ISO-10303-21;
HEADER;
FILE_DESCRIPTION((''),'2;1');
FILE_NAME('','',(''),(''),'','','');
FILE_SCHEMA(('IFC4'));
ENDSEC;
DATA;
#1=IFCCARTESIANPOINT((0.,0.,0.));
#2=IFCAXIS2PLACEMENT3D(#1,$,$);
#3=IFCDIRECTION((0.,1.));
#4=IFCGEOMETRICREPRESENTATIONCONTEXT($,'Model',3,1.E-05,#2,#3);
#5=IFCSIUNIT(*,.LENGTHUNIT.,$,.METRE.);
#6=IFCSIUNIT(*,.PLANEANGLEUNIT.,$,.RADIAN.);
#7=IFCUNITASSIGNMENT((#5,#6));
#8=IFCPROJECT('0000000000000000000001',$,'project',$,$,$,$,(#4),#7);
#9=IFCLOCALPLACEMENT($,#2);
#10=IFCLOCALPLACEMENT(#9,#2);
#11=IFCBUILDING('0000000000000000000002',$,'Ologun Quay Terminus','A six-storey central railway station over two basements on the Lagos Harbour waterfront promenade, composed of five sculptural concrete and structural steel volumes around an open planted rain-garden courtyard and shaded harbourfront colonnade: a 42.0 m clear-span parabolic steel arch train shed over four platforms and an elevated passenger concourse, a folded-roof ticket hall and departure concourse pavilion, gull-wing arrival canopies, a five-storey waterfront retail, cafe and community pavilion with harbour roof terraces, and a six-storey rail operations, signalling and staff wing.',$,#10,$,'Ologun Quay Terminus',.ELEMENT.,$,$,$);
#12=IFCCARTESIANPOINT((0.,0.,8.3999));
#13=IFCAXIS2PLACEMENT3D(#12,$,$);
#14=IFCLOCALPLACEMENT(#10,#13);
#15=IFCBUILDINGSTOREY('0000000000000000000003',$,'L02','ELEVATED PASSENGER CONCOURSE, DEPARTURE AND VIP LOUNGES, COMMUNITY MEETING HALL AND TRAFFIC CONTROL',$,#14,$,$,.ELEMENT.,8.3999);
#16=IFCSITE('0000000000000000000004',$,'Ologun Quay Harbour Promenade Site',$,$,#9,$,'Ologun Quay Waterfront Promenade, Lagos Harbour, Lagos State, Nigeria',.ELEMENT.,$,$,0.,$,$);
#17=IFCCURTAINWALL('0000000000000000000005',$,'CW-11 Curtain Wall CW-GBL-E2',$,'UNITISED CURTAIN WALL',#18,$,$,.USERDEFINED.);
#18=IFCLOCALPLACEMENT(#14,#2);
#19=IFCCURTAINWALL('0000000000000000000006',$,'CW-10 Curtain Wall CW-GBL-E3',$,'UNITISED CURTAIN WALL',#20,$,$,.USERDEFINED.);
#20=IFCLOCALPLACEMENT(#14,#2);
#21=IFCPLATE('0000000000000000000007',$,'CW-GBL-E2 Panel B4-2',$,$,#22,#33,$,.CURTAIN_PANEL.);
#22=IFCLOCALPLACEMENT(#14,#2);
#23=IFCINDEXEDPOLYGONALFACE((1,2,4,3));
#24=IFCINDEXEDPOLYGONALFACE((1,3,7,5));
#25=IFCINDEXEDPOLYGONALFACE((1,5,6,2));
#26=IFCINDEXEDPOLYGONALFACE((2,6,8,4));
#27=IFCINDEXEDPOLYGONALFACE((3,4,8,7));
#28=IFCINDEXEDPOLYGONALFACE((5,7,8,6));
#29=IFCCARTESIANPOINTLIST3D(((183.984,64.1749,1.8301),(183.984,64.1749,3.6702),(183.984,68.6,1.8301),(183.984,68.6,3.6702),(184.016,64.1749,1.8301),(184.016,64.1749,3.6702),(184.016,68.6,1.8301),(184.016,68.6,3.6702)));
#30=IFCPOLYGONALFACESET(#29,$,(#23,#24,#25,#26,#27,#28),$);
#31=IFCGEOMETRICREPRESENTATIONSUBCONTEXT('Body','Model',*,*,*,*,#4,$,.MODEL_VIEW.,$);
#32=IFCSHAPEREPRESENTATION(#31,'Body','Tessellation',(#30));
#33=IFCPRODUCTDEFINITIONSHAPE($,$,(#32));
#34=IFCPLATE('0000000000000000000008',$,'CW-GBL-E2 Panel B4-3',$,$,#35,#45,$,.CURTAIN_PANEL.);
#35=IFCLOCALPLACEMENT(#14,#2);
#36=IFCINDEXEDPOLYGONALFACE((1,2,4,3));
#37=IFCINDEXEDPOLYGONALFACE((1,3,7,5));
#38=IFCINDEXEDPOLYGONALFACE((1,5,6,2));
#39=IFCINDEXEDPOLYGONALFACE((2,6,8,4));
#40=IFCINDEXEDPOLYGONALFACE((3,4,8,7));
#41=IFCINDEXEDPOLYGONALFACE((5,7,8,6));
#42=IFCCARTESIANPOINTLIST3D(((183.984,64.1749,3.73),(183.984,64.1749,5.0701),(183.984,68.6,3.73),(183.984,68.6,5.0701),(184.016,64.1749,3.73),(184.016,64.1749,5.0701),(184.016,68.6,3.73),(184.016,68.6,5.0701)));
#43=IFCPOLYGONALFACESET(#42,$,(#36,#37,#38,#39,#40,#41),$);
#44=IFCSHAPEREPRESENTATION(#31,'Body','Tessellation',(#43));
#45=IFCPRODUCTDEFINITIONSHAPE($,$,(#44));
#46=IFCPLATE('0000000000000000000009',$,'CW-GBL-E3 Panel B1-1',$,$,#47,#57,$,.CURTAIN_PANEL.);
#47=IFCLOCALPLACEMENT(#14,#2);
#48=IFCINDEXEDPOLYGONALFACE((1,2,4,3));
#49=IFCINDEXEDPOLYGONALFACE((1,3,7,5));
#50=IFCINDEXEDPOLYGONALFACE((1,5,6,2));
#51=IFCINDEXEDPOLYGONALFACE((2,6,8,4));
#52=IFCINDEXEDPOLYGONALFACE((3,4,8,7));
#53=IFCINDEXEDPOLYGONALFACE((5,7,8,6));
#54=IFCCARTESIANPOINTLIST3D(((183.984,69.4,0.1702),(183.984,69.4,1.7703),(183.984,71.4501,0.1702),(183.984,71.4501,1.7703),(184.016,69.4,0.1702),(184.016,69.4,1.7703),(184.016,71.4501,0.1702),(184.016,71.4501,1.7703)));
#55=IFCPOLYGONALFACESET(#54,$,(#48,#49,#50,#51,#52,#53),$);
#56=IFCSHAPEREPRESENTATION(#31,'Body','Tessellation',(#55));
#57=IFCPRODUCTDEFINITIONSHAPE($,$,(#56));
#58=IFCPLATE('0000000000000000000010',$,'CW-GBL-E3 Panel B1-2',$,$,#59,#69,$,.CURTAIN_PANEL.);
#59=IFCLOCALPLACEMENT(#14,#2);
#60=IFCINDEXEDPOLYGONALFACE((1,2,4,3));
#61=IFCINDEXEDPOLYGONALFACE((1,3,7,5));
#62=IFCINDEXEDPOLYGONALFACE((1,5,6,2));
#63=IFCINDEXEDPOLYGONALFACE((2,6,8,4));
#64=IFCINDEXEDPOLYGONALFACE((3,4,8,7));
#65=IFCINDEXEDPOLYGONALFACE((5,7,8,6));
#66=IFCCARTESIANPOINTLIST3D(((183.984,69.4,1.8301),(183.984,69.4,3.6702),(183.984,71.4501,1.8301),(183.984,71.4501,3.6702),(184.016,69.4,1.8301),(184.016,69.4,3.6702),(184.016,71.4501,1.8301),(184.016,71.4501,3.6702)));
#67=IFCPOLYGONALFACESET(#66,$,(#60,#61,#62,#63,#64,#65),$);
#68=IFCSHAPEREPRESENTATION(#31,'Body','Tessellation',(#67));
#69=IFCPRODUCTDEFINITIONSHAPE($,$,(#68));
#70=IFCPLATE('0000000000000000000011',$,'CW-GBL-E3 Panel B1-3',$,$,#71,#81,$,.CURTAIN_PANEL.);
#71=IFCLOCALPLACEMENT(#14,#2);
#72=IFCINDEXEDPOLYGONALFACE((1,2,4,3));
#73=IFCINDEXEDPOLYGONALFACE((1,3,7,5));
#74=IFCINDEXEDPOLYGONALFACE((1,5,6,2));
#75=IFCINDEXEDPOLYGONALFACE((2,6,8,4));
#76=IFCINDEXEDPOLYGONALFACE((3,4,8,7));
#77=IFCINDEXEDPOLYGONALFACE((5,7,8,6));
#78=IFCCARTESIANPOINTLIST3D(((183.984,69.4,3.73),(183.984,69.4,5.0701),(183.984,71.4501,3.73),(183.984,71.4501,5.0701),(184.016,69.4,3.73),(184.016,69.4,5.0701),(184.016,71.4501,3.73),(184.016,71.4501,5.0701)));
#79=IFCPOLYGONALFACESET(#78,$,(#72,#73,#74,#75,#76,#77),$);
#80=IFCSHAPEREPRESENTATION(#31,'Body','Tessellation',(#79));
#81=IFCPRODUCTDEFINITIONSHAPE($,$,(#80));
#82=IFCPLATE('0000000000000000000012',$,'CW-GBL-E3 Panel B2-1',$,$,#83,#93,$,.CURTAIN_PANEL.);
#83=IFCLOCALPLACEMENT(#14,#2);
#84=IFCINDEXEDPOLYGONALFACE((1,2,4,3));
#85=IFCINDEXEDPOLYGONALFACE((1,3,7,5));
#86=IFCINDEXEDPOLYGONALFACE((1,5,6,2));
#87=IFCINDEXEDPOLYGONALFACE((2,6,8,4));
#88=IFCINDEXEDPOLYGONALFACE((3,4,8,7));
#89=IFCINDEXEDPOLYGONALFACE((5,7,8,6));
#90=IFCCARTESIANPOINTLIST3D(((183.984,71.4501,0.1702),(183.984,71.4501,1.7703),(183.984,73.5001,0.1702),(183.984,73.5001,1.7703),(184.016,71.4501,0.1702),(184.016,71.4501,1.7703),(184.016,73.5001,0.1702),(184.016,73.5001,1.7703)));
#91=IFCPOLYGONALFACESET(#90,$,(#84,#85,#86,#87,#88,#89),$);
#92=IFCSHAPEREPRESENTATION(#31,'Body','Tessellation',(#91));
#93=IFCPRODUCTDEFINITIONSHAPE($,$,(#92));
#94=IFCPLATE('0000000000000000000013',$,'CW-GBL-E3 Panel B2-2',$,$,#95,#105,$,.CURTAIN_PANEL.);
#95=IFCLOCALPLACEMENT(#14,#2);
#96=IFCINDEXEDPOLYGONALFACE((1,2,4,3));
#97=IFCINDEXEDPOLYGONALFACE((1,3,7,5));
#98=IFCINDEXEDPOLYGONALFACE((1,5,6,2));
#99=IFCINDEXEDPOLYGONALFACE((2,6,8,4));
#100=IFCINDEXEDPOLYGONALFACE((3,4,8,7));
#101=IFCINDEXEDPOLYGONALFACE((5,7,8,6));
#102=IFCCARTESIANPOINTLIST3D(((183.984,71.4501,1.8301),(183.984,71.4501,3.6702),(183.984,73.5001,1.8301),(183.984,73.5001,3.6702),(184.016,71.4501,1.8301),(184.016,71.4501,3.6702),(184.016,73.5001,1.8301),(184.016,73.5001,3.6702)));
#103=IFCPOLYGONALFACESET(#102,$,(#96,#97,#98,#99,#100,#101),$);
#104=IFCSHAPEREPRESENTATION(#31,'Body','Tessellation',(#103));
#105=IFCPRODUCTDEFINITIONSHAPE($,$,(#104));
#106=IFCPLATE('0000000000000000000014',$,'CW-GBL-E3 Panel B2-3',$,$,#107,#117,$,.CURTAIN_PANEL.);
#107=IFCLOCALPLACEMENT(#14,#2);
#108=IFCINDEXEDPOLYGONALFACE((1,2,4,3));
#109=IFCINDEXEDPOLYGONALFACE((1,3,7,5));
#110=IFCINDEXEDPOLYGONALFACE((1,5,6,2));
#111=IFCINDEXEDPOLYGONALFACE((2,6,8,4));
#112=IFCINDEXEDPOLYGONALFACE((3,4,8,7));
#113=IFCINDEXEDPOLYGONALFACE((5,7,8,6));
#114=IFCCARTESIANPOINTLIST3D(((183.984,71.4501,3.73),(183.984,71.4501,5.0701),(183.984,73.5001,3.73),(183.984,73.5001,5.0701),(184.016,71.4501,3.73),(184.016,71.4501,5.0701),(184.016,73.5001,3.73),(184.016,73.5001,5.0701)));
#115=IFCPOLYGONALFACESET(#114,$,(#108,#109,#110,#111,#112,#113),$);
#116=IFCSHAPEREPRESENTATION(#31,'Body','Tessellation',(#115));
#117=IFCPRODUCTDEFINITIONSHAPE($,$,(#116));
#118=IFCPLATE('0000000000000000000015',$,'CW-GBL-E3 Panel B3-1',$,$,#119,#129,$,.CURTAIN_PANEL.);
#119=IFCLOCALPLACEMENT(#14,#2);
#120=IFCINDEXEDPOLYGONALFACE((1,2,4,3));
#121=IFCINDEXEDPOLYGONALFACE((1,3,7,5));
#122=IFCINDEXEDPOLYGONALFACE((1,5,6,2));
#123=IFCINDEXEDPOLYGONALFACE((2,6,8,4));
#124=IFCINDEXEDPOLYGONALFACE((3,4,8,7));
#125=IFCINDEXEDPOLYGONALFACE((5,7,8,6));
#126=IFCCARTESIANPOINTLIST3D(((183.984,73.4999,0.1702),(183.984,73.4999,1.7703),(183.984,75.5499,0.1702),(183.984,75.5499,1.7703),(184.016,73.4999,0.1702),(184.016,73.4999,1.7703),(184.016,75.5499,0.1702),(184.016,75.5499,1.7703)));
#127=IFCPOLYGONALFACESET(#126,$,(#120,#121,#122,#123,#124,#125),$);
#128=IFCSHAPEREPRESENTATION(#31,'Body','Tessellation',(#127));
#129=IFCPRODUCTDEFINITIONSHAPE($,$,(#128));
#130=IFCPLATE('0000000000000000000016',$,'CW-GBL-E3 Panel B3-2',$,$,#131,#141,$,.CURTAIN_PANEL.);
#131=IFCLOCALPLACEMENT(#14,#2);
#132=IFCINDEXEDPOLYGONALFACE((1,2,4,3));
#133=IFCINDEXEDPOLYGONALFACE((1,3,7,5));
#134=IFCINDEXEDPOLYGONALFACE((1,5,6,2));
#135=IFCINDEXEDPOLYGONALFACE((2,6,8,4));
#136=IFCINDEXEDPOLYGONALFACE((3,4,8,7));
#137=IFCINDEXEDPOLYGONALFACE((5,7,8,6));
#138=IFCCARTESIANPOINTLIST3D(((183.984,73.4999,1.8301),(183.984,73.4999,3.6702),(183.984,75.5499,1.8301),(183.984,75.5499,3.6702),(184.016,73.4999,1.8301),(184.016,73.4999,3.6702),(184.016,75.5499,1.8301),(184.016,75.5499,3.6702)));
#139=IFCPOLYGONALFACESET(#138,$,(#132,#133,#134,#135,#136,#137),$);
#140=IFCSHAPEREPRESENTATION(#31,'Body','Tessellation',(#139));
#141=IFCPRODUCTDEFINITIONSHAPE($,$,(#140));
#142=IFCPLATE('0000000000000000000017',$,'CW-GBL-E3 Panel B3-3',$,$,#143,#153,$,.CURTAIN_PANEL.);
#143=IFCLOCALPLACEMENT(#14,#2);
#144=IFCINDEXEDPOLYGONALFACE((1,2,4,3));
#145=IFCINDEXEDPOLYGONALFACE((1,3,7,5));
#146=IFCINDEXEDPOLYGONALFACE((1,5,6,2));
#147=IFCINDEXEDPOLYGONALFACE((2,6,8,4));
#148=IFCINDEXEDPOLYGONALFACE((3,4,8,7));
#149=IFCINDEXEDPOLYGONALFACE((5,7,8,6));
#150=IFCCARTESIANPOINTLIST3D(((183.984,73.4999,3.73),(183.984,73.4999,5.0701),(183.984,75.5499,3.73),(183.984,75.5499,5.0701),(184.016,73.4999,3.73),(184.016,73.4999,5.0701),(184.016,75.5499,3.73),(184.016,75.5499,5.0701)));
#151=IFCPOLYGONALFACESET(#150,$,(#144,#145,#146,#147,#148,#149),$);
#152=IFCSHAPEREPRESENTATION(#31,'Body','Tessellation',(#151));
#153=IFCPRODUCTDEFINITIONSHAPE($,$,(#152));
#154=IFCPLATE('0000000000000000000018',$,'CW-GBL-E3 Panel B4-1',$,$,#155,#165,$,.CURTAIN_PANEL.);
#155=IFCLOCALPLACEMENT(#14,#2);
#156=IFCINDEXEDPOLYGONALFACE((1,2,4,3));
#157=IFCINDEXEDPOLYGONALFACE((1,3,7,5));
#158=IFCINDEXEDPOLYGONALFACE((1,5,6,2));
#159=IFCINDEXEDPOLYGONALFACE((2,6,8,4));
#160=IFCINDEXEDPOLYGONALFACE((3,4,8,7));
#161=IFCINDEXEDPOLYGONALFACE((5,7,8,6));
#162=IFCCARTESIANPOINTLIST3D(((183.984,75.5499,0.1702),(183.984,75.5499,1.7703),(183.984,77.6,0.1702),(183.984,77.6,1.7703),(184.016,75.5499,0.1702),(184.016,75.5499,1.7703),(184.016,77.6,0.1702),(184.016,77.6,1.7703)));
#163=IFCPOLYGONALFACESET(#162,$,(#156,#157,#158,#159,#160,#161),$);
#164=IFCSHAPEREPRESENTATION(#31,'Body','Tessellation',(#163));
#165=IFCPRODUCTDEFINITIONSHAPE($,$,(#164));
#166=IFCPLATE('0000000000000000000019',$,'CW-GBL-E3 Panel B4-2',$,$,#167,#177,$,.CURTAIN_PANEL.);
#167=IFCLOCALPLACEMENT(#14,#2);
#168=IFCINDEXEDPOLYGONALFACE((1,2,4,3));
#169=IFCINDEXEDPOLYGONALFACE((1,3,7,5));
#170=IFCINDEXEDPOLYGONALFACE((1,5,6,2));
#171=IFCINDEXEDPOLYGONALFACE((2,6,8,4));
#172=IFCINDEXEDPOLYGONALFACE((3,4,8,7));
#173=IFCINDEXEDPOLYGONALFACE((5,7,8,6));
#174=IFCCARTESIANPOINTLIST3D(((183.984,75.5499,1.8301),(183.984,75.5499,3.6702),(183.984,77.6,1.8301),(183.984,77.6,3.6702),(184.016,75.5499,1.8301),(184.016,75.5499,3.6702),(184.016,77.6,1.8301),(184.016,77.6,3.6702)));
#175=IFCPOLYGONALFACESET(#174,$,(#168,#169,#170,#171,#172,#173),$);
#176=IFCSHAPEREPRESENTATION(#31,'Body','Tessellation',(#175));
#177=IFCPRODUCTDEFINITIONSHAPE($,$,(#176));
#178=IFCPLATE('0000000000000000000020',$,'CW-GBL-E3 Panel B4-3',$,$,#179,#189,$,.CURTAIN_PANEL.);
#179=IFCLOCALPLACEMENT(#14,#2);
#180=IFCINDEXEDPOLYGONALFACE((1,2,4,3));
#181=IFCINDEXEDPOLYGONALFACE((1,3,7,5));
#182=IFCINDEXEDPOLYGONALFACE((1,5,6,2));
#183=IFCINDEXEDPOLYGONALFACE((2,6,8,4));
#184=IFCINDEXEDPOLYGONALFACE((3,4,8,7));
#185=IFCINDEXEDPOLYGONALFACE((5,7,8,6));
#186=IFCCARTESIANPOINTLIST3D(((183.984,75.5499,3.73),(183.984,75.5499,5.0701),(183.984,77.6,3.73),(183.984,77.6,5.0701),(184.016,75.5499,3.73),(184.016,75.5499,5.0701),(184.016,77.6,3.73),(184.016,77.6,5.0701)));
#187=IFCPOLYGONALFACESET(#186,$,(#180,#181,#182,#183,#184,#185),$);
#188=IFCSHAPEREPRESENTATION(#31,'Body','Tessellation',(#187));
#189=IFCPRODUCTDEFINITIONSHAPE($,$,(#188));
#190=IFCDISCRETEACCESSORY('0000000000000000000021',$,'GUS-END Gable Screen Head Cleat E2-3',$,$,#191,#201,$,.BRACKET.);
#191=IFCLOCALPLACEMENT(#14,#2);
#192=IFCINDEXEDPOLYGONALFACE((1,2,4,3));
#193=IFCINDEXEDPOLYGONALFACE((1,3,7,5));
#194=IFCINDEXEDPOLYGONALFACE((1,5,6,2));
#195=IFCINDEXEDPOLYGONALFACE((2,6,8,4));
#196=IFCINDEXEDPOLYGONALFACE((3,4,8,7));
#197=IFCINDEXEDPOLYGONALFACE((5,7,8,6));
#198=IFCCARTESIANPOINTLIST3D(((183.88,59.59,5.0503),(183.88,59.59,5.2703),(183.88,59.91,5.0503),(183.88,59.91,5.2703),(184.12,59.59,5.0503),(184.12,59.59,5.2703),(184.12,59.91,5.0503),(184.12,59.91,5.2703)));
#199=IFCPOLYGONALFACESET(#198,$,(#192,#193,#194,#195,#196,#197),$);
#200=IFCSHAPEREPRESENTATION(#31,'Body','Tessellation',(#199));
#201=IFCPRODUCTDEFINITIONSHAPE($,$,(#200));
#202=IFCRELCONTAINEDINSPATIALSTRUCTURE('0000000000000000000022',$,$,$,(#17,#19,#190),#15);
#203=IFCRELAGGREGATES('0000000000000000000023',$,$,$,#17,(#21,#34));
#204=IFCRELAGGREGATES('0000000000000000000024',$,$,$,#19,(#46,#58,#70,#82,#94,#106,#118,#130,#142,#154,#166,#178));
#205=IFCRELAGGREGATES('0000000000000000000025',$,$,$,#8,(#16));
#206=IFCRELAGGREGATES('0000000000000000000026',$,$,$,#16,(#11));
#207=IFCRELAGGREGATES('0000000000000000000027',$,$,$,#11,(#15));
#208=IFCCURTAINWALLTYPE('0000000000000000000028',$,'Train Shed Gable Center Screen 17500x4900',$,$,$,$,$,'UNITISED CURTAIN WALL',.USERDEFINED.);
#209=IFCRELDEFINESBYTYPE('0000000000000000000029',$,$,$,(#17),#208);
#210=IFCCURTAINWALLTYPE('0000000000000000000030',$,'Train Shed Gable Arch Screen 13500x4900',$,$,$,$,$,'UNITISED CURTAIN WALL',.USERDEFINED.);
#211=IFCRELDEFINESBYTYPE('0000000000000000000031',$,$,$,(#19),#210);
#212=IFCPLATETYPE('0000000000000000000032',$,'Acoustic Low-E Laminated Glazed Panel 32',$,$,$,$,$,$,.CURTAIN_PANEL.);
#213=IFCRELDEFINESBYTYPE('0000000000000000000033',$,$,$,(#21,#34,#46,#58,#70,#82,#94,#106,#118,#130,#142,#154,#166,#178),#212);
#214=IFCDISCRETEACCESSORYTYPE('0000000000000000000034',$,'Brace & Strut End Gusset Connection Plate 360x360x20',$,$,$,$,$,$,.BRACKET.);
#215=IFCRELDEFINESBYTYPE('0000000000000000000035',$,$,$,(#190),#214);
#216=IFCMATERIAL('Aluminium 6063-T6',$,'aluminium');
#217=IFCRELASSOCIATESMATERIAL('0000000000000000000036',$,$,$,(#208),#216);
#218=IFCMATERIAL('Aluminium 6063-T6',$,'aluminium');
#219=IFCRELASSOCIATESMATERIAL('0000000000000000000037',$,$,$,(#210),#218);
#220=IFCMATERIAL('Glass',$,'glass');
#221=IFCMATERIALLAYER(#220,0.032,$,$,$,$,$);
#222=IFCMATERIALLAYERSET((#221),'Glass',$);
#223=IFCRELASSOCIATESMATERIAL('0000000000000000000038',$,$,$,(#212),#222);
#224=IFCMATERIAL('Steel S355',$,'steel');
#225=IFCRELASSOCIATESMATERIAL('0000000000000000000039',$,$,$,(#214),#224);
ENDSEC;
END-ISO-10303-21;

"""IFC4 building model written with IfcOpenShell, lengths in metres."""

from ifc_helpers import new_model, si_unit, direction, frame, origin, origin_2d, place, context, subcontext, project, spatial, rectangle, extrude, material, layer, layer_set, type_object, element, aggregate, save


model = new_model("IFC4")

# Units and contexts
model_context = context("Model", 3, precision=1e-05, world=origin(), true_north=direction((0.0, 1.0)))
body_context = subcontext(model_context, "Body", "Model", "MODEL_VIEW")
ifc_project = project(units=[si_unit("LENGTHUNIT", "METRE"), si_unit("PLANEANGLEUNIT", "RADIAN")], contexts=[model_context])

# Site, building, storey
site_placement = place(None, origin())
site = spatial("IfcSite", under=ifc_project, at=site_placement, Name="Ologun Quay Harbour Promenade Site", LongName="Ologun Quay Waterfront Promenade, Lagos Harbour, Lagos State, Nigeria", CompositionType="ELEMENT", RefElevation=0.0)
building_placement = place(site_placement, origin())
building = spatial("IfcBuilding", under=site, at=building_placement, Name="Ologun Quay Terminus", Description="A six-storey central railway station over two basements on the Lagos Harbour waterfront promenade, composed of five sculptural concrete and structural steel volumes around an open planted rain-garden courtyard and shaded harbourfront colonnade: a 42.0 m clear-span parabolic steel arch train shed over four platforms and an elevated passenger concourse, a folded-roof ticket hall and departure concourse pavilion, gull-wing arrival canopies, a five-storey waterfront retail, cafe and community pavilion with harbour roof terraces, and a six-storey rail operations, signalling and staff wing.", LongName="Ologun Quay Terminus", CompositionType="ELEMENT")
storey_placement = place(building_placement, frame((0.0, 0.0, 8.3999)))
storey = spatial("IfcBuildingStorey", under=building, at=storey_placement, Name="L02", Description="ELEVATED PASSENGER CONCOURSE, DEPARTURE AND VIP LOUNGES, COMMUNITY MEETING HALL AND TRAFFIC CONTROL", CompositionType="ELEMENT", Elevation=8.3999)

# Curtain walls
ifc_material_1 = material(Name="Aluminium 6063-T6", Category="aluminium")
curtain_wall_type_1 = type_object("IfcCurtainWallType", Name="Train Shed Gable Center Screen 17500x4900", ElementType="UNITISED CURTAIN WALL", PredefinedType="USERDEFINED", material=ifc_material_1)
curtain_wall_1_placement = place(storey_placement, origin())
curtain_wall_1 = element("IfcCurtainWall", 1, at=curtain_wall_1_placement, inside=storey, type_object=curtain_wall_type_1, Name="CW-11 Curtain Wall CW-GBL-E2", ObjectType="UNITISED CURTAIN WALL", PredefinedType="USERDEFINED")
ifc_material_2 = material(Name="Aluminium 6063-T6", Category="aluminium")
curtain_wall_type_2 = type_object("IfcCurtainWallType", Name="Train Shed Gable Arch Screen 13500x4900", ElementType="UNITISED CURTAIN WALL", PredefinedType="USERDEFINED", material=ifc_material_2)
curtain_wall_2_placement = place(storey_placement, origin())
curtain_wall_2 = element("IfcCurtainWall", 2, at=curtain_wall_2_placement, inside=storey, type_object=curtain_wall_type_2, Name="CW-10 Curtain Wall CW-GBL-E3", ObjectType="UNITISED CURTAIN WALL", PredefinedType="USERDEFINED")

# Plates
ifc_material_3 = material(Name="Glass", Category="glass")
ifc_layer = layer(ifc_material_3, 0.032)
ifc_layer_set = layer_set([ifc_layer], Name="Glass")
plate_type = type_object("IfcPlateType", Name="Acoustic Low-E Laminated Glazed Panel 32", PredefinedType="CURTAIN_PANEL", material=ifc_layer_set)
plate_1_placement = place(storey_placement, frame((184.0, 66.3875, 1.8301), z_axis=(0.0, 0.0, 1.0), x_axis=(0.0, 1.0, 0.0)))
plate_1 = element("IfcPlate", 3, at=plate_1_placement, type_object=plate_type, Name="CW-GBL-E2 Panel B4-2", PredefinedType="CURTAIN_PANEL", context=body_context, shape_type="SweptSolid", body=[
    extrude(rectangle(XDim=4.425, YDim=0.032, at=origin_2d()), origin(), (0.0, 0.0, 1.0), 1.8401),
])
plate_2_placement = place(storey_placement, frame((184.0, 66.3875, 3.73), z_axis=(0.0, 0.0, 1.0), x_axis=(0.0, 1.0, 0.0)))
plate_2 = element("IfcPlate", 4, at=plate_2_placement, type_object=plate_type, Name="CW-GBL-E2 Panel B4-3", PredefinedType="CURTAIN_PANEL", context=body_context, shape_type="SweptSolid", body=[
    extrude(rectangle(XDim=4.425, YDim=0.032, at=origin_2d()), origin(), (0.0, 0.0, 1.0), 1.3401),
])
aggregate(curtain_wall_1, [plate_1, plate_2])
plate_3_placement = place(storey_placement, frame((184.0, 70.425, 0.1702), z_axis=(0.0, 0.0, 1.0), x_axis=(0.0, 1.0, 0.0)))
plate_3 = element("IfcPlate", 5, at=plate_3_placement, type_object=plate_type, Name="CW-GBL-E3 Panel B1-1", PredefinedType="CURTAIN_PANEL", context=body_context, shape_type="SweptSolid", body=[
    extrude(rectangle(XDim=2.05, YDim=0.032, at=origin_2d()), origin(), (0.0, 0.0, 1.0), 1.6001),
])
plate_4_placement = place(storey_placement, frame((184.0, 70.425, 1.8301), z_axis=(0.0, 0.0, 1.0), x_axis=(0.0, 1.0, 0.0)))
plate_4 = element("IfcPlate", 6, at=plate_4_placement, type_object=plate_type, Name="CW-GBL-E3 Panel B1-2", PredefinedType="CURTAIN_PANEL", context=body_context, shape_type="SweptSolid", body=[
    extrude(rectangle(XDim=2.05, YDim=0.032, at=origin_2d()), origin(), (0.0, 0.0, 1.0), 1.8401),
])
plate_5_placement = place(storey_placement, frame((184.0, 70.425, 3.73), z_axis=(0.0, 0.0, 1.0), x_axis=(0.0, 1.0, 0.0)))
plate_5 = element("IfcPlate", 7, at=plate_5_placement, type_object=plate_type, Name="CW-GBL-E3 Panel B1-3", PredefinedType="CURTAIN_PANEL", context=body_context, shape_type="SweptSolid", body=[
    extrude(rectangle(XDim=2.05, YDim=0.032, at=origin_2d()), origin(), (0.0, 0.0, 1.0), 1.3401),
])
plate_6_placement = place(storey_placement, frame((184.0, 72.4751, 0.1702), z_axis=(0.0, 0.0, 1.0), x_axis=(0.0, 1.0, 0.0)))
plate_6 = element("IfcPlate", 8, at=plate_6_placement, type_object=plate_type, Name="CW-GBL-E3 Panel B2-1", PredefinedType="CURTAIN_PANEL", context=body_context, shape_type="SweptSolid", body=[
    extrude(rectangle(XDim=2.05, YDim=0.032, at=origin_2d()), origin(), (0.0, 0.0, 1.0), 1.6001),
])
plate_7_placement = place(storey_placement, frame((184.0, 72.4751, 1.8301), z_axis=(0.0, 0.0, 1.0), x_axis=(0.0, 1.0, 0.0)))
plate_7 = element("IfcPlate", 9, at=plate_7_placement, type_object=plate_type, Name="CW-GBL-E3 Panel B2-2", PredefinedType="CURTAIN_PANEL", context=body_context, shape_type="SweptSolid", body=[
    extrude(rectangle(XDim=2.05, YDim=0.032, at=origin_2d()), origin(), (0.0, 0.0, 1.0), 1.8401),
])
plate_8_placement = place(storey_placement, frame((184.0, 72.4751, 3.73), z_axis=(0.0, 0.0, 1.0), x_axis=(0.0, 1.0, 0.0)))
plate_8 = element("IfcPlate", 10, at=plate_8_placement, type_object=plate_type, Name="CW-GBL-E3 Panel B2-3", PredefinedType="CURTAIN_PANEL", context=body_context, shape_type="SweptSolid", body=[
    extrude(rectangle(XDim=2.05, YDim=0.032, at=origin_2d()), origin(), (0.0, 0.0, 1.0), 1.3401),
])
plate_9_placement = place(storey_placement, frame((184.0, 74.5249, 0.1702), z_axis=(0.0, 0.0, 1.0), x_axis=(0.0, 1.0, 0.0)))
plate_9 = element("IfcPlate", 11, at=plate_9_placement, type_object=plate_type, Name="CW-GBL-E3 Panel B3-1", PredefinedType="CURTAIN_PANEL", context=body_context, shape_type="SweptSolid", body=[
    extrude(rectangle(XDim=2.05, YDim=0.032, at=origin_2d()), origin(), (0.0, 0.0, 1.0), 1.6001),
])
plate_10_placement = place(storey_placement, frame((184.0, 74.5249, 1.8301), z_axis=(0.0, 0.0, 1.0), x_axis=(0.0, 1.0, 0.0)))
plate_10 = element("IfcPlate", 12, at=plate_10_placement, type_object=plate_type, Name="CW-GBL-E3 Panel B3-2", PredefinedType="CURTAIN_PANEL", context=body_context, shape_type="SweptSolid", body=[
    extrude(rectangle(XDim=2.05, YDim=0.032, at=origin_2d()), origin(), (0.0, 0.0, 1.0), 1.8401),
])
plate_11_placement = place(storey_placement, frame((184.0, 74.5249, 3.73), z_axis=(0.0, 0.0, 1.0), x_axis=(0.0, 1.0, 0.0)))
plate_11 = element("IfcPlate", 13, at=plate_11_placement, type_object=plate_type, Name="CW-GBL-E3 Panel B3-3", PredefinedType="CURTAIN_PANEL", context=body_context, shape_type="SweptSolid", body=[
    extrude(rectangle(XDim=2.05, YDim=0.032, at=origin_2d()), origin(), (0.0, 0.0, 1.0), 1.3401),
])
plate_12_placement = place(storey_placement, frame((184.0, 76.575, 0.1702), z_axis=(0.0, 0.0, 1.0), x_axis=(0.0, 1.0, 0.0)))
plate_12 = element("IfcPlate", 14, at=plate_12_placement, type_object=plate_type, Name="CW-GBL-E3 Panel B4-1", PredefinedType="CURTAIN_PANEL", context=body_context, shape_type="SweptSolid", body=[
    extrude(rectangle(XDim=2.05, YDim=0.032, at=origin_2d()), origin(), (0.0, 0.0, 1.0), 1.6001),
])
plate_13_placement = place(storey_placement, frame((184.0, 76.575, 1.8301), z_axis=(0.0, 0.0, 1.0), x_axis=(0.0, 1.0, 0.0)))
plate_13 = element("IfcPlate", 15, at=plate_13_placement, type_object=plate_type, Name="CW-GBL-E3 Panel B4-2", PredefinedType="CURTAIN_PANEL", context=body_context, shape_type="SweptSolid", body=[
    extrude(rectangle(XDim=2.05, YDim=0.032, at=origin_2d()), origin(), (0.0, 0.0, 1.0), 1.8401),
])
plate_14_placement = place(storey_placement, frame((184.0, 76.575, 3.73), z_axis=(0.0, 0.0, 1.0), x_axis=(0.0, 1.0, 0.0)))
plate_14 = element("IfcPlate", 16, at=plate_14_placement, type_object=plate_type, Name="CW-GBL-E3 Panel B4-3", PredefinedType="CURTAIN_PANEL", context=body_context, shape_type="SweptSolid", body=[
    extrude(rectangle(XDim=2.05, YDim=0.032, at=origin_2d()), origin(), (0.0, 0.0, 1.0), 1.3401),
])
aggregate(curtain_wall_2, [plate_3, plate_4, plate_5, plate_6, plate_7, plate_8, plate_9, plate_10, plate_11, plate_12, plate_13, plate_14])

# Discrete accessory
ifc_material_4 = material(Name="Steel S355", Category="steel")
discrete_accessory_type = type_object("IfcDiscreteAccessoryType", Name="Brace & Strut End Gusset Connection Plate 360x360x20", PredefinedType="BRACKET", material=ifc_material_4)
for number, where, z_axis, x_axis, name in (
    (17, (184.0, 59.75, 5.0503), (0.0, 0.0, 1.0), (1.0, 0.0, 0.0), "GUS-END Gable Screen Head Cleat E2-3"),
):
    element("IfcDiscreteAccessory", number, at=place(storey_placement, frame(where, z_axis=z_axis, x_axis=x_axis)), inside=storey, type_object=discrete_accessory_type, Name=name, PredefinedType="BRACKET", context=body_context, shape_type="SweptSolid", body=[
        extrude(rectangle(XDim=0.24, YDim=0.3201, at=origin_2d()), origin(), (0.0, 0.0, 1.0), 0.22),
    ])

save(model, "model.ifc")
